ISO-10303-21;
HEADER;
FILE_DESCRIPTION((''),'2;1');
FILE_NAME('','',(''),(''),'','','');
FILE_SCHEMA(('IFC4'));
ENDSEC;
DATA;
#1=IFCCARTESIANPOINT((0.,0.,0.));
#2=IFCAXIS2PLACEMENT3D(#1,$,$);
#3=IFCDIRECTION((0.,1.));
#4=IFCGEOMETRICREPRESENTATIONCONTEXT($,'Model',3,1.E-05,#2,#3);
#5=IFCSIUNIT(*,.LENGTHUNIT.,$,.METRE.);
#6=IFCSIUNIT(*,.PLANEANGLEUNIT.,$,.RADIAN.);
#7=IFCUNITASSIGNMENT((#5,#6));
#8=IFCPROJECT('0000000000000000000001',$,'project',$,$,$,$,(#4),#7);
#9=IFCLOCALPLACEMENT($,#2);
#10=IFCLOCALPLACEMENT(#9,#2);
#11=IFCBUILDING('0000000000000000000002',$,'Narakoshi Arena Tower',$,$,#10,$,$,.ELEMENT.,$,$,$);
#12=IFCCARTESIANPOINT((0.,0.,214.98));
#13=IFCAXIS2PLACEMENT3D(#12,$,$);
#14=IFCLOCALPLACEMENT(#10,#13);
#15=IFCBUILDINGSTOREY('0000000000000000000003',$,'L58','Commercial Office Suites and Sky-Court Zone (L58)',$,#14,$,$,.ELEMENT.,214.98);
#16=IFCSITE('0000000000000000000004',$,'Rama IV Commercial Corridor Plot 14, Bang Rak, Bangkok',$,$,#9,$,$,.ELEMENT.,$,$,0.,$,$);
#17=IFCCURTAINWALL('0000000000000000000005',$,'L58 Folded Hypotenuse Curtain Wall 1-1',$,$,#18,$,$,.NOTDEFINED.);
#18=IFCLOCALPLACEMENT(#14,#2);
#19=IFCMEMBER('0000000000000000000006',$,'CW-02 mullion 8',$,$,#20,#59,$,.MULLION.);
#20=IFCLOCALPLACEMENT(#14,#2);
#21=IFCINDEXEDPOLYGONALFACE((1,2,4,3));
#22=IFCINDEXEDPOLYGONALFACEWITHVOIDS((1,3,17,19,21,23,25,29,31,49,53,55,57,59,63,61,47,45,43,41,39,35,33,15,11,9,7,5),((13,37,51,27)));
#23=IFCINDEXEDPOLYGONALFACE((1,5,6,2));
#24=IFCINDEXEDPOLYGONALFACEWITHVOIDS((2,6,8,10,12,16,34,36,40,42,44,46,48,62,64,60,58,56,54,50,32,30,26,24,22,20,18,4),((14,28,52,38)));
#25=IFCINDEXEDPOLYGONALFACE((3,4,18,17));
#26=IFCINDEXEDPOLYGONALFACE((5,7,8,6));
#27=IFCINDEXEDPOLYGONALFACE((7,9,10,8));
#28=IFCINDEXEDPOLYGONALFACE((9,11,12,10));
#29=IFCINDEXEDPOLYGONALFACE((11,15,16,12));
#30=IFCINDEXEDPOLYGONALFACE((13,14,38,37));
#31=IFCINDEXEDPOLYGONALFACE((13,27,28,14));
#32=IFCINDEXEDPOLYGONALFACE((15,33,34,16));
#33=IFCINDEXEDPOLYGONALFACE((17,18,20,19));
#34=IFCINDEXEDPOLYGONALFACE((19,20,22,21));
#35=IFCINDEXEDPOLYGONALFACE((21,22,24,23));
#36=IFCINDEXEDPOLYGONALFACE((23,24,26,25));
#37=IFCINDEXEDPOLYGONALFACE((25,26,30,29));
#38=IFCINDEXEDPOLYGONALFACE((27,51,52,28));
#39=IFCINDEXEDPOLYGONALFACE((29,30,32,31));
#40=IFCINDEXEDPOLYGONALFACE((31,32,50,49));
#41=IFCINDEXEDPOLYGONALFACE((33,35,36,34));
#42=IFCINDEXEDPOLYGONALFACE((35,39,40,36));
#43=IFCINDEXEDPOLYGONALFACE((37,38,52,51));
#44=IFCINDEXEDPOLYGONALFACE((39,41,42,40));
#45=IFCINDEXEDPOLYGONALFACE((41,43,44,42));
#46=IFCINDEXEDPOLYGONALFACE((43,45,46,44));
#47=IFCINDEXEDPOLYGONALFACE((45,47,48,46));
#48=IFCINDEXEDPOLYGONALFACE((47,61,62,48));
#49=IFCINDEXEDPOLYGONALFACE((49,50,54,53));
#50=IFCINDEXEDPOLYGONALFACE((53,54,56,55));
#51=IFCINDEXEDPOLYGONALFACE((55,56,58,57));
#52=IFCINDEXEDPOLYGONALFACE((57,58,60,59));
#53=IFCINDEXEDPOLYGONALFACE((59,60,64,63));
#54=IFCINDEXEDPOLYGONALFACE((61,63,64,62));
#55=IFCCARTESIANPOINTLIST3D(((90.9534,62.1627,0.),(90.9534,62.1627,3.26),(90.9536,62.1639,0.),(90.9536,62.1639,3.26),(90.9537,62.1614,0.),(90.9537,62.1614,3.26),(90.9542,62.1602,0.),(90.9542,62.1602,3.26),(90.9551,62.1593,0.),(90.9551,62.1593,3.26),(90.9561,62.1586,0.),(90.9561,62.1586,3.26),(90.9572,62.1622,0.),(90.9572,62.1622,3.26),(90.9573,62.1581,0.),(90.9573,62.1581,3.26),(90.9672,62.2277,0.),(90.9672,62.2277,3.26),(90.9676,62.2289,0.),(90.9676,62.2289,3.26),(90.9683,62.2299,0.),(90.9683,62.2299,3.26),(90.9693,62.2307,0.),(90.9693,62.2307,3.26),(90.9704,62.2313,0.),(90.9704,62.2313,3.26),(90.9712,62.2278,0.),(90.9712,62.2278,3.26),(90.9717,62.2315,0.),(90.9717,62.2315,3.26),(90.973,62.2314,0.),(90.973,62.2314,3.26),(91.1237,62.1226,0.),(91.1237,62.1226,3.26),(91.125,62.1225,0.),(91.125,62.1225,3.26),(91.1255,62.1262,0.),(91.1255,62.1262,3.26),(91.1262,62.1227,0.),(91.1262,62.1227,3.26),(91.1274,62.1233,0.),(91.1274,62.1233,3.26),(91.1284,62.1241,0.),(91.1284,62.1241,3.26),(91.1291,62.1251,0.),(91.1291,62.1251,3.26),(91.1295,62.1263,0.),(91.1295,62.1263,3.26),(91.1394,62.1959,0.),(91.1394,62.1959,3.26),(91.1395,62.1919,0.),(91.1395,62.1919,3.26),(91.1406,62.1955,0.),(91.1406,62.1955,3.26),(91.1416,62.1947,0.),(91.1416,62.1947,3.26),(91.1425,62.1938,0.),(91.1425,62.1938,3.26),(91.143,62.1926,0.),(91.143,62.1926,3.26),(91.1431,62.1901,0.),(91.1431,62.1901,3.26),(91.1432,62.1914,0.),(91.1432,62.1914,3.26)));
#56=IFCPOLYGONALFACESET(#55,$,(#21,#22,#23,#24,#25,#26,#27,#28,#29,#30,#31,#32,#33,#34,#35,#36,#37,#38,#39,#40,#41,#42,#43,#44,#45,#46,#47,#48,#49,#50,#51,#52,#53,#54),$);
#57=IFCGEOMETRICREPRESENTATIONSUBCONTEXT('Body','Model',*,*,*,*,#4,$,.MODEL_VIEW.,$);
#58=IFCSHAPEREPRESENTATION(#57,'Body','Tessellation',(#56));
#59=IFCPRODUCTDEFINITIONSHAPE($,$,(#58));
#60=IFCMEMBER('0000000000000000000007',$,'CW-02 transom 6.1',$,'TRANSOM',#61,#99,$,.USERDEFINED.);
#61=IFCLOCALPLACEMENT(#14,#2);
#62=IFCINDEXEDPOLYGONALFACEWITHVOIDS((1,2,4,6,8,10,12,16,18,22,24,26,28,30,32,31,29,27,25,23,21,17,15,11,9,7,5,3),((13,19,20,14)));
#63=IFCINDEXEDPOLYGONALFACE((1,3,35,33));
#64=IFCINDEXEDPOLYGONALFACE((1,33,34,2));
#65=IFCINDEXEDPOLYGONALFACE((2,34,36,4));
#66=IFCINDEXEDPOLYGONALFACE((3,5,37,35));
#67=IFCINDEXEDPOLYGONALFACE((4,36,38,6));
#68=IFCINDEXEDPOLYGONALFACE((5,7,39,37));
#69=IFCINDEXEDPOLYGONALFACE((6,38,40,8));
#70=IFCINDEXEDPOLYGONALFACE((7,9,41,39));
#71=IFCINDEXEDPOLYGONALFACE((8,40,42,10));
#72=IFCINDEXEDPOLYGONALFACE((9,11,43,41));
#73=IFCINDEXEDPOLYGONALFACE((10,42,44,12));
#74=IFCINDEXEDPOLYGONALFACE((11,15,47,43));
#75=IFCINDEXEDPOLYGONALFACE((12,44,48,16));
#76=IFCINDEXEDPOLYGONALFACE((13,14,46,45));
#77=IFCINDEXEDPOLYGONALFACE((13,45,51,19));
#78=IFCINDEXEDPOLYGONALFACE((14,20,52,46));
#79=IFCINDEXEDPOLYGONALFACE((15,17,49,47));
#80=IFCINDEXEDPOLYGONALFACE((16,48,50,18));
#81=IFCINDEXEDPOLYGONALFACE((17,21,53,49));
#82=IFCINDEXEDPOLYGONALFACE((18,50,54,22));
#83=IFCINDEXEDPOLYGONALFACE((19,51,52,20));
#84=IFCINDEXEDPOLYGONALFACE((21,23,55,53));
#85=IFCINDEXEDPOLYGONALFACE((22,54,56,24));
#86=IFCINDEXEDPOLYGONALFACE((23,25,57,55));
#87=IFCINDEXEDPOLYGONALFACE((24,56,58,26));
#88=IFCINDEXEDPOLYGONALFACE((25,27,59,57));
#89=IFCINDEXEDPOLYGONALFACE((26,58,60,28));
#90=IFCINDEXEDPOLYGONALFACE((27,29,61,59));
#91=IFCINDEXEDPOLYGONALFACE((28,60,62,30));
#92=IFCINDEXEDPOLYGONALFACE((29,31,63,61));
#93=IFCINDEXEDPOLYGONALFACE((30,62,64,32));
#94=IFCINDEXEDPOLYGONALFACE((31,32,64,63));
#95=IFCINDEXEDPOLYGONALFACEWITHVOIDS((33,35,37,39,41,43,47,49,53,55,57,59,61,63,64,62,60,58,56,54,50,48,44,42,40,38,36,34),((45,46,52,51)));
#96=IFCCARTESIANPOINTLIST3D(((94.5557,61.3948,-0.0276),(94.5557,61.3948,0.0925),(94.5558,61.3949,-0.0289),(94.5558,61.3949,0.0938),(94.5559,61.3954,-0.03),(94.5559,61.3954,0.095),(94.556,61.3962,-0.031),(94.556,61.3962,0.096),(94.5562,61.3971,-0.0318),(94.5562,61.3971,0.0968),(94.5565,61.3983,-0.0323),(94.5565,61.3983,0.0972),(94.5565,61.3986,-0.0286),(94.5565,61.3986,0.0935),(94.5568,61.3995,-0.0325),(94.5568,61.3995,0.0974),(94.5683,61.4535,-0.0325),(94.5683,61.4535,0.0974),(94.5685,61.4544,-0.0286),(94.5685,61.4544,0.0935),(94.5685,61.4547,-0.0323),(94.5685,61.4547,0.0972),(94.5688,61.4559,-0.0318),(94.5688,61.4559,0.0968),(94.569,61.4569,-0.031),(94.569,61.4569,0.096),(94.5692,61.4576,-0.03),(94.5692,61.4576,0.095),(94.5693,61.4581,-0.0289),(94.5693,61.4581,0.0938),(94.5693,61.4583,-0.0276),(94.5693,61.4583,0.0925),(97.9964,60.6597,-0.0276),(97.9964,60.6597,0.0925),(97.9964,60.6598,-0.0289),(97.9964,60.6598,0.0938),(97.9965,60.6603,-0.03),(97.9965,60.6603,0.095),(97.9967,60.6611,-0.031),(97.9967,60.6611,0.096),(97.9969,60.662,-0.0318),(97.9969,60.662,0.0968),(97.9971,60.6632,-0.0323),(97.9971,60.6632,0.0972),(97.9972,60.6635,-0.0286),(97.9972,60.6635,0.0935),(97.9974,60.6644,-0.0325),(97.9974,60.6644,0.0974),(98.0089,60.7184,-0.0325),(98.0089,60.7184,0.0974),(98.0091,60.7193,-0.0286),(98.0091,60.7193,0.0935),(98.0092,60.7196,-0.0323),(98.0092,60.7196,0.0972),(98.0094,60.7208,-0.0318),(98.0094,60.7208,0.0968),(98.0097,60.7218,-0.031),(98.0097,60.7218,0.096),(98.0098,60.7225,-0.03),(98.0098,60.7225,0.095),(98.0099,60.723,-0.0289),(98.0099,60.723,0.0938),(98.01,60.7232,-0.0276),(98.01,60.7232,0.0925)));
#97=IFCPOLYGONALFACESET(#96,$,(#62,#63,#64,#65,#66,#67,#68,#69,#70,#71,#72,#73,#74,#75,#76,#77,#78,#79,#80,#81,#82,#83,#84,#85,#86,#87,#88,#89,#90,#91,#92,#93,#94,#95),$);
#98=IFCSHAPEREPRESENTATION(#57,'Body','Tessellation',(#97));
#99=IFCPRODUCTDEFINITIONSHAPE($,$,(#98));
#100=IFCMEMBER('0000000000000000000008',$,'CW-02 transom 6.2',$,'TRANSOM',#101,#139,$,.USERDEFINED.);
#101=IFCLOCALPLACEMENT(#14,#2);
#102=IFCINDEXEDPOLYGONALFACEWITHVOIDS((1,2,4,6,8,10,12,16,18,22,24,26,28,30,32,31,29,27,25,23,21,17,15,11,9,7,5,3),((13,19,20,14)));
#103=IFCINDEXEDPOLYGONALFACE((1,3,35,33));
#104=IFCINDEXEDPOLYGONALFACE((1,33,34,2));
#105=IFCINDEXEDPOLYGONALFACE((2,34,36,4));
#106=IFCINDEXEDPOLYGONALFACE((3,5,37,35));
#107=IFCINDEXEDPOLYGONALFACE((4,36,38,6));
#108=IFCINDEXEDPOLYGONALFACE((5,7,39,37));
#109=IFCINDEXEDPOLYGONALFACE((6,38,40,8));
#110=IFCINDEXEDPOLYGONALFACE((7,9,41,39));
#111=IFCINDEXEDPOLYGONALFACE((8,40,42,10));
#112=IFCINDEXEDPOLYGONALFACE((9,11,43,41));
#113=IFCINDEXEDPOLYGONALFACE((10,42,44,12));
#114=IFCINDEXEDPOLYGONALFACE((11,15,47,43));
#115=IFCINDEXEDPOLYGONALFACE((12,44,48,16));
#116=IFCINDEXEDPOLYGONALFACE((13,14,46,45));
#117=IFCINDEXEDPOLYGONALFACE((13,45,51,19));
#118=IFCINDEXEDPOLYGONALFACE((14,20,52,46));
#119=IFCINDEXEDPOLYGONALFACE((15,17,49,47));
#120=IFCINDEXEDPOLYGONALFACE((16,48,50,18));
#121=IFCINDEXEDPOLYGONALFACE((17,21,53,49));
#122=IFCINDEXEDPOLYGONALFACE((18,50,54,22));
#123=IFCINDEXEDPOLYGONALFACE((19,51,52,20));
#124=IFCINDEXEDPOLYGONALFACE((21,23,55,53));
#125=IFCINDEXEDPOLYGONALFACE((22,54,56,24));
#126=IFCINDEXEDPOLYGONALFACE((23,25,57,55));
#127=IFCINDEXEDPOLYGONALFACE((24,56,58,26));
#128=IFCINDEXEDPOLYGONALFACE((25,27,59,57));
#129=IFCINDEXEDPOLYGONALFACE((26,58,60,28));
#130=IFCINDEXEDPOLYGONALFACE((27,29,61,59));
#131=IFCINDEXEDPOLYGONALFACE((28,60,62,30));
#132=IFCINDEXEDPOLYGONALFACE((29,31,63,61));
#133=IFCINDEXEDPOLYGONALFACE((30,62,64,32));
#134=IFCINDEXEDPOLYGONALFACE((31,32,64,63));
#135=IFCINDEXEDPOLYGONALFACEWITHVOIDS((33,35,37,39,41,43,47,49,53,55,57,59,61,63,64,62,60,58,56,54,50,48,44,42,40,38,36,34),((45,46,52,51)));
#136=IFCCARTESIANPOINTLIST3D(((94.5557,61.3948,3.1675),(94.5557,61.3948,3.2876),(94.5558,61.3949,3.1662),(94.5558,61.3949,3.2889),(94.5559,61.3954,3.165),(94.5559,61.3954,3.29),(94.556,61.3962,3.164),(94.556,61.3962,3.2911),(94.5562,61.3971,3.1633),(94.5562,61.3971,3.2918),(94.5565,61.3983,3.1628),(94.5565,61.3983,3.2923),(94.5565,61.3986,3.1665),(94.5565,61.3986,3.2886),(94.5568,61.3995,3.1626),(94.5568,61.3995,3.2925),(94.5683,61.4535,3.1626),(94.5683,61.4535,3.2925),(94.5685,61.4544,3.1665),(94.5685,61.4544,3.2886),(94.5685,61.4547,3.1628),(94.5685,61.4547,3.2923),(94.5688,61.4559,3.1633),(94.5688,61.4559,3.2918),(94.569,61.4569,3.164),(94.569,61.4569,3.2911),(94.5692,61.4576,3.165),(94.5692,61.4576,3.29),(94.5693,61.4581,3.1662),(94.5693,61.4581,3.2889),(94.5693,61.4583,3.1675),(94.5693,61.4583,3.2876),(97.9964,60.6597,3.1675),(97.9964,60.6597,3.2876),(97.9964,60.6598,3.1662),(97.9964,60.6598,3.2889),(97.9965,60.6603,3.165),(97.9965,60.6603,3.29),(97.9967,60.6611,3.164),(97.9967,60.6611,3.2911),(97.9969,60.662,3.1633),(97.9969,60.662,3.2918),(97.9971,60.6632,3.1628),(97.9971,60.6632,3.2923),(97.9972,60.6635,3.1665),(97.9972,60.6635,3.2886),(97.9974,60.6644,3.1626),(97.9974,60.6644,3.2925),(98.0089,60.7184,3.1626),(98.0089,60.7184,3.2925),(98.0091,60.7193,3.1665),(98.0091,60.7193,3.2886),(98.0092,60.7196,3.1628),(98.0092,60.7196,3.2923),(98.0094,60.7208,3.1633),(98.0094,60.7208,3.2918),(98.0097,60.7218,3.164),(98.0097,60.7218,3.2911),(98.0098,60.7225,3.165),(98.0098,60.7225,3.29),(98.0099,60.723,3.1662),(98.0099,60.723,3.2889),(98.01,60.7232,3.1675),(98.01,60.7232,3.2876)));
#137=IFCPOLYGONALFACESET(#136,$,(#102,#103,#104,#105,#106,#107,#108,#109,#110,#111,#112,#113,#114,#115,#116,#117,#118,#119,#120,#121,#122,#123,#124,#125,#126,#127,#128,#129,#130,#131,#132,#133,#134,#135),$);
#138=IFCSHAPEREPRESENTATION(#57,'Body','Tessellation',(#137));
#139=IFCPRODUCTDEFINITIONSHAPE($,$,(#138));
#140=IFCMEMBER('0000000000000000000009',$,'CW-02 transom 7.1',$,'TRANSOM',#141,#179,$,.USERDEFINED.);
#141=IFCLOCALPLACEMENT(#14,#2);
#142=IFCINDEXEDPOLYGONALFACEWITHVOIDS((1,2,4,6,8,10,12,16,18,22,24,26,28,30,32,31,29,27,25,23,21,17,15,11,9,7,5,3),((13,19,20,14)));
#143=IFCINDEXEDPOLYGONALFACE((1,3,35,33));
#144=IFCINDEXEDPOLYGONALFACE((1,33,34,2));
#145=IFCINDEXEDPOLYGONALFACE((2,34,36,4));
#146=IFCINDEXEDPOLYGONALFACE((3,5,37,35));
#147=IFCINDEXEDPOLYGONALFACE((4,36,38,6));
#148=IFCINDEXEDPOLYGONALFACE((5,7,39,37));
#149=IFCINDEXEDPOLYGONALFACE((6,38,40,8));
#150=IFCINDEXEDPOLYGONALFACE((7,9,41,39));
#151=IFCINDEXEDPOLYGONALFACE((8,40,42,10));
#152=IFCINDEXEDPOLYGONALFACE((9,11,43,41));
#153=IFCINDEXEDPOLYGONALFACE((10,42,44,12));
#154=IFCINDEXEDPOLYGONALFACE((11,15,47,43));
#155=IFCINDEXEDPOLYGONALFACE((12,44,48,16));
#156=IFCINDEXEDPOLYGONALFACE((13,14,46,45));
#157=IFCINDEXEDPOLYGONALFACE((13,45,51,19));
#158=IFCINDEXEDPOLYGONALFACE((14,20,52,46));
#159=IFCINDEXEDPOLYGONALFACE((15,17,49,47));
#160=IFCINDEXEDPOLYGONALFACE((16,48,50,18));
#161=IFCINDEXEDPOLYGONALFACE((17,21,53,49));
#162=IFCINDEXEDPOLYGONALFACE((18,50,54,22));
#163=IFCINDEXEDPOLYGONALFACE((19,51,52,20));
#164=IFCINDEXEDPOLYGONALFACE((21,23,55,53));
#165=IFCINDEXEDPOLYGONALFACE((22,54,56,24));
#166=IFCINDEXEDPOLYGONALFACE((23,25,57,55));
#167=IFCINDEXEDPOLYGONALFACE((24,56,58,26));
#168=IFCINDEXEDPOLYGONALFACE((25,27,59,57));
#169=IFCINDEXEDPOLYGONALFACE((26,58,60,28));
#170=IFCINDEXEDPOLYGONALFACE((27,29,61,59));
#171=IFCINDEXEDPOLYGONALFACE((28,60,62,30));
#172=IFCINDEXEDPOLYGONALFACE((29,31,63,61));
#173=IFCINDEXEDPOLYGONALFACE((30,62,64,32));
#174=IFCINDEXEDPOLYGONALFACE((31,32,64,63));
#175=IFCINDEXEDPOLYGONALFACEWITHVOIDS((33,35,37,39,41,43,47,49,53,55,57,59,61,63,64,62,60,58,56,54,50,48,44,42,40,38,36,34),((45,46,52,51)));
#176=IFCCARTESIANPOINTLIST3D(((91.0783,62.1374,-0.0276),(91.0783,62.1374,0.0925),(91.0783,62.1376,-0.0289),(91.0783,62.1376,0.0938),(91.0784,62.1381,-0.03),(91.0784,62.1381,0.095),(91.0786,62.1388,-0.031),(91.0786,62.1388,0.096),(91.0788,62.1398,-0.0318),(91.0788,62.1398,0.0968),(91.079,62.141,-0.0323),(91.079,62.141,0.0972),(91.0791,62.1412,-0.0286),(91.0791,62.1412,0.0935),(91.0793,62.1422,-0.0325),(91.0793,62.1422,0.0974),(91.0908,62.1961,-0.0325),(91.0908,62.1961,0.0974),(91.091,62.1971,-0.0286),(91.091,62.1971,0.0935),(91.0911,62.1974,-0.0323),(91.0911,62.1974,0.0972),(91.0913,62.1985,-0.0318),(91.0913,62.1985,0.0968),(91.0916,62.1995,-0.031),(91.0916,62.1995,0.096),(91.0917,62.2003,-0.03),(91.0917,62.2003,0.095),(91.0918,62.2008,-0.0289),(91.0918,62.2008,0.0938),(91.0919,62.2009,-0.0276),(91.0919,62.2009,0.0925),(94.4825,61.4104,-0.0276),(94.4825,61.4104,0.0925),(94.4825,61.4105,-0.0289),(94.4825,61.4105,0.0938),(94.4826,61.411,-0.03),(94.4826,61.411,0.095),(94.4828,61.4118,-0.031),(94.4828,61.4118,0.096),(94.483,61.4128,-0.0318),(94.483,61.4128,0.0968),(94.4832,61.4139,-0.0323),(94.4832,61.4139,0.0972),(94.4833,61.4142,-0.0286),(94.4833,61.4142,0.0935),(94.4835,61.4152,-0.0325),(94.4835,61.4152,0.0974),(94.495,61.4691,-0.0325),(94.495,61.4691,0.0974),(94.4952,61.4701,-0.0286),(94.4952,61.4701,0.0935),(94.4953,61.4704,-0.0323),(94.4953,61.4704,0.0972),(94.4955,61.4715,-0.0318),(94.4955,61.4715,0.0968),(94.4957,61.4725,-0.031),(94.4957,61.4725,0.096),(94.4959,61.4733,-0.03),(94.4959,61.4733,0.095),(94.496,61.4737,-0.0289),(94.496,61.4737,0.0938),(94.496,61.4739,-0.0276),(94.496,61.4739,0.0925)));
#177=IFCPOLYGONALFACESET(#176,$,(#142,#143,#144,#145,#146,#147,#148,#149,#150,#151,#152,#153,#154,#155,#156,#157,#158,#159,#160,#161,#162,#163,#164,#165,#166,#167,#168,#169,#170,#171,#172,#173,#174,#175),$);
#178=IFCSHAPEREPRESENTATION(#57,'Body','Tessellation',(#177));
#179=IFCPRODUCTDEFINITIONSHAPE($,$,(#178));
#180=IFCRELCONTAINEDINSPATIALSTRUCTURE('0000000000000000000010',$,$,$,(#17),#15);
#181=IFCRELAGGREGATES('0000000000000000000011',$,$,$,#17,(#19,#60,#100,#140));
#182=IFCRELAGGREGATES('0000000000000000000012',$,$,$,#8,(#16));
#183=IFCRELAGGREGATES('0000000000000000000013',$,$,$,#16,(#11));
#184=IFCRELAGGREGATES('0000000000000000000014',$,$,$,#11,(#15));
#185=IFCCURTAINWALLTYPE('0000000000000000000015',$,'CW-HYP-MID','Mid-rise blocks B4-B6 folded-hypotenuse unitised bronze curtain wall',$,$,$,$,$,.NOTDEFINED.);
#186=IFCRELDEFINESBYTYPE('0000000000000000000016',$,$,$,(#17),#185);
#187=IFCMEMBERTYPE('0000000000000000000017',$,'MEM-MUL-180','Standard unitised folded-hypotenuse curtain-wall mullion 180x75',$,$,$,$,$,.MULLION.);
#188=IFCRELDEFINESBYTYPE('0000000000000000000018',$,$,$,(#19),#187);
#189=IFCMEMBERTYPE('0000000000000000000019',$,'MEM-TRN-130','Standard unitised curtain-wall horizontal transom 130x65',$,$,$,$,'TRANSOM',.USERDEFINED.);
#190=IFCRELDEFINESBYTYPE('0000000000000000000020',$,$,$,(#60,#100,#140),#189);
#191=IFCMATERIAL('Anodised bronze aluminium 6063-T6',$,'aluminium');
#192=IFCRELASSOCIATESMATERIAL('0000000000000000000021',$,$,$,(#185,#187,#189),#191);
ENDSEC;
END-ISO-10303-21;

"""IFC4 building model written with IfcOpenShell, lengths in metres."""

from ifc_helpers import new_model, si_unit, direction, frame, origin, origin_2d, place, context, subcontext, project, spatial, hollow_rectangle, extrude, material, material_profile, profile_set, type_object, element, aggregate, save


model = new_model("IFC4")

# Units and contexts
model_context = context("Model", 3, precision=1e-05, world=origin(), true_north=direction((0.0, 1.0)))
body_context = subcontext(model_context, "Body", "Model", "MODEL_VIEW")
ifc_project = project(units=[si_unit("LENGTHUNIT", "METRE"), si_unit("PLANEANGLEUNIT", "RADIAN")], contexts=[model_context])

# Site, building, storey
site_placement = place(None, origin())
site = spatial("IfcSite", under=ifc_project, at=site_placement, Name="Rama IV Commercial Corridor Plot 14, Bang Rak, Bangkok", CompositionType="ELEMENT", RefElevation=0.0)
building_placement = place(site_placement, origin())
building = spatial("IfcBuilding", under=site, at=building_placement, Name="Narakoshi Arena Tower", CompositionType="ELEMENT")
storey_placement = place(building_placement, frame((0.0, 0.0, 214.98)))
storey = spatial("IfcBuildingStorey", under=building, at=storey_placement, Name="L58", Description="Commercial Office Suites and Sky-Court Zone (L58)", CompositionType="ELEMENT", Elevation=214.98)

# Curtain wall, members
ifc_material_1 = material(Name="Anodised bronze aluminium 6063-T6", Category="aluminium")
curtain_wall_type = type_object("IfcCurtainWallType", Name="CW-HYP-MID", Description="Mid-rise blocks B4-B6 folded-hypotenuse unitised bronze curtain wall", PredefinedType="NOTDEFINED", material=ifc_material_1)
curtain_wall_placement = place(storey_placement, origin())
curtain_wall = element("IfcCurtainWall", 1, at=curtain_wall_placement, inside=storey, type_object=curtain_wall_type, Name="L58 Folded Hypotenuse Curtain Wall 1-1", PredefinedType="NOTDEFINED")
ifc_material_profile_1 = material_profile(ifc_material_1, hollow_rectangle(XDim=0.075, YDim=0.1799, WallThickness=0.0039, OuterFilletRadius=0.0049, at=origin_2d()), Name="MUL180x75x4")
ifc_profile_set_1 = profile_set([ifc_material_profile_1], Name="Anodised bronze aluminium 6063-T6")
member_type_1 = type_object("IfcMemberType", Name="MEM-MUL-180", Description="Standard unitised folded-hypotenuse curtain-wall mullion 180x75", PredefinedType="MULLION", material=ifc_profile_set_1)
member_1_placement = place(storey_placement, frame((91.0483, 62.177, 0.0), z_axis=(0.0, 0.0, 1.0), x_axis=(-0.208899, -0.977937, 0.0)))
member_1 = element("IfcMember", 2, at=member_1_placement, type_object=member_type_1, Name="CW-02 mullion 8", PredefinedType="MULLION", context=body_context, shape_type="SweptSolid", body=[
    extrude(hollow_rectangle(XDim=0.075, YDim=0.1799, WallThickness=0.0039, OuterFilletRadius=0.0049, at=origin_2d()), origin(), (0.0, 0.0, 1.0), 3.26),
])
ifc_material_profile_2 = material_profile(ifc_material_1, hollow_rectangle(XDim=0.0649, YDim=0.1299, WallThickness=0.0039, OuterFilletRadius=0.0049, at=origin_2d()), Name="TRN130x65x4")
ifc_profile_set_2 = profile_set([ifc_material_profile_2], Name="Anodised bronze aluminium 6063-T6")
member_type_2 = type_object("IfcMemberType", Name="MEM-TRN-130", Description="Standard unitised curtain-wall horizontal transom 130x65", ElementType="TRANSOM", PredefinedType="USERDEFINED", material=ifc_profile_set_2)
member_2_placement = place(storey_placement, frame((98.0032, 60.6914, 0.0325), z_axis=(-0.977929, 0.208937, 0.0), x_axis=(-0.208937, -0.977929, 0.0)))
member_2 = element("IfcMember", 3, at=member_2_placement, type_object=member_type_2, Name="CW-02 transom 6.1", ObjectType="TRANSOM", PredefinedType="USERDEFINED", context=body_context, shape_type="SweptSolid", body=[
    extrude(hollow_rectangle(XDim=0.0649, YDim=0.1299, WallThickness=0.0039, OuterFilletRadius=0.0049, at=origin_2d()), origin(), (0.0, 0.0, 1.0), 3.5183),
])
member_3_placement = place(storey_placement, frame((98.0032, 60.6914, 3.2275), z_axis=(-0.977929, 0.208937, 0.0), x_axis=(-0.208937, -0.977929, 0.0)))
member_3 = element("IfcMember", 4, at=member_3_placement, type_object=member_type_2, Name="CW-02 transom 6.2", ObjectType="TRANSOM", PredefinedType="USERDEFINED", context=body_context, shape_type="SweptSolid", body=[
    extrude(hollow_rectangle(XDim=0.0649, YDim=0.1299, WallThickness=0.0039, OuterFilletRadius=0.0049, at=origin_2d()), origin(), (0.0, 0.0, 1.0), 3.5183),
])
member_4_placement = place(storey_placement, frame((94.4893, 61.4421, 0.0325), z_axis=(-0.977946, 0.208858, 0.0), x_axis=(-0.208858, -0.977946, 0.0)))
member_4 = element("IfcMember", 5, at=member_4_placement, type_object=member_type_2, Name="CW-02 transom 7.1", ObjectType="TRANSOM", PredefinedType="USERDEFINED", context=body_context, shape_type="SweptSolid", body=[
    extrude(hollow_rectangle(XDim=0.0649, YDim=0.1299, WallThickness=0.0039, OuterFilletRadius=0.0049, at=origin_2d()), origin(), (0.0, 0.0, 1.0), 3.481),
])
aggregate(curtain_wall, [member_1, member_2, member_3, member_4])

save(model, "model.ifc")
